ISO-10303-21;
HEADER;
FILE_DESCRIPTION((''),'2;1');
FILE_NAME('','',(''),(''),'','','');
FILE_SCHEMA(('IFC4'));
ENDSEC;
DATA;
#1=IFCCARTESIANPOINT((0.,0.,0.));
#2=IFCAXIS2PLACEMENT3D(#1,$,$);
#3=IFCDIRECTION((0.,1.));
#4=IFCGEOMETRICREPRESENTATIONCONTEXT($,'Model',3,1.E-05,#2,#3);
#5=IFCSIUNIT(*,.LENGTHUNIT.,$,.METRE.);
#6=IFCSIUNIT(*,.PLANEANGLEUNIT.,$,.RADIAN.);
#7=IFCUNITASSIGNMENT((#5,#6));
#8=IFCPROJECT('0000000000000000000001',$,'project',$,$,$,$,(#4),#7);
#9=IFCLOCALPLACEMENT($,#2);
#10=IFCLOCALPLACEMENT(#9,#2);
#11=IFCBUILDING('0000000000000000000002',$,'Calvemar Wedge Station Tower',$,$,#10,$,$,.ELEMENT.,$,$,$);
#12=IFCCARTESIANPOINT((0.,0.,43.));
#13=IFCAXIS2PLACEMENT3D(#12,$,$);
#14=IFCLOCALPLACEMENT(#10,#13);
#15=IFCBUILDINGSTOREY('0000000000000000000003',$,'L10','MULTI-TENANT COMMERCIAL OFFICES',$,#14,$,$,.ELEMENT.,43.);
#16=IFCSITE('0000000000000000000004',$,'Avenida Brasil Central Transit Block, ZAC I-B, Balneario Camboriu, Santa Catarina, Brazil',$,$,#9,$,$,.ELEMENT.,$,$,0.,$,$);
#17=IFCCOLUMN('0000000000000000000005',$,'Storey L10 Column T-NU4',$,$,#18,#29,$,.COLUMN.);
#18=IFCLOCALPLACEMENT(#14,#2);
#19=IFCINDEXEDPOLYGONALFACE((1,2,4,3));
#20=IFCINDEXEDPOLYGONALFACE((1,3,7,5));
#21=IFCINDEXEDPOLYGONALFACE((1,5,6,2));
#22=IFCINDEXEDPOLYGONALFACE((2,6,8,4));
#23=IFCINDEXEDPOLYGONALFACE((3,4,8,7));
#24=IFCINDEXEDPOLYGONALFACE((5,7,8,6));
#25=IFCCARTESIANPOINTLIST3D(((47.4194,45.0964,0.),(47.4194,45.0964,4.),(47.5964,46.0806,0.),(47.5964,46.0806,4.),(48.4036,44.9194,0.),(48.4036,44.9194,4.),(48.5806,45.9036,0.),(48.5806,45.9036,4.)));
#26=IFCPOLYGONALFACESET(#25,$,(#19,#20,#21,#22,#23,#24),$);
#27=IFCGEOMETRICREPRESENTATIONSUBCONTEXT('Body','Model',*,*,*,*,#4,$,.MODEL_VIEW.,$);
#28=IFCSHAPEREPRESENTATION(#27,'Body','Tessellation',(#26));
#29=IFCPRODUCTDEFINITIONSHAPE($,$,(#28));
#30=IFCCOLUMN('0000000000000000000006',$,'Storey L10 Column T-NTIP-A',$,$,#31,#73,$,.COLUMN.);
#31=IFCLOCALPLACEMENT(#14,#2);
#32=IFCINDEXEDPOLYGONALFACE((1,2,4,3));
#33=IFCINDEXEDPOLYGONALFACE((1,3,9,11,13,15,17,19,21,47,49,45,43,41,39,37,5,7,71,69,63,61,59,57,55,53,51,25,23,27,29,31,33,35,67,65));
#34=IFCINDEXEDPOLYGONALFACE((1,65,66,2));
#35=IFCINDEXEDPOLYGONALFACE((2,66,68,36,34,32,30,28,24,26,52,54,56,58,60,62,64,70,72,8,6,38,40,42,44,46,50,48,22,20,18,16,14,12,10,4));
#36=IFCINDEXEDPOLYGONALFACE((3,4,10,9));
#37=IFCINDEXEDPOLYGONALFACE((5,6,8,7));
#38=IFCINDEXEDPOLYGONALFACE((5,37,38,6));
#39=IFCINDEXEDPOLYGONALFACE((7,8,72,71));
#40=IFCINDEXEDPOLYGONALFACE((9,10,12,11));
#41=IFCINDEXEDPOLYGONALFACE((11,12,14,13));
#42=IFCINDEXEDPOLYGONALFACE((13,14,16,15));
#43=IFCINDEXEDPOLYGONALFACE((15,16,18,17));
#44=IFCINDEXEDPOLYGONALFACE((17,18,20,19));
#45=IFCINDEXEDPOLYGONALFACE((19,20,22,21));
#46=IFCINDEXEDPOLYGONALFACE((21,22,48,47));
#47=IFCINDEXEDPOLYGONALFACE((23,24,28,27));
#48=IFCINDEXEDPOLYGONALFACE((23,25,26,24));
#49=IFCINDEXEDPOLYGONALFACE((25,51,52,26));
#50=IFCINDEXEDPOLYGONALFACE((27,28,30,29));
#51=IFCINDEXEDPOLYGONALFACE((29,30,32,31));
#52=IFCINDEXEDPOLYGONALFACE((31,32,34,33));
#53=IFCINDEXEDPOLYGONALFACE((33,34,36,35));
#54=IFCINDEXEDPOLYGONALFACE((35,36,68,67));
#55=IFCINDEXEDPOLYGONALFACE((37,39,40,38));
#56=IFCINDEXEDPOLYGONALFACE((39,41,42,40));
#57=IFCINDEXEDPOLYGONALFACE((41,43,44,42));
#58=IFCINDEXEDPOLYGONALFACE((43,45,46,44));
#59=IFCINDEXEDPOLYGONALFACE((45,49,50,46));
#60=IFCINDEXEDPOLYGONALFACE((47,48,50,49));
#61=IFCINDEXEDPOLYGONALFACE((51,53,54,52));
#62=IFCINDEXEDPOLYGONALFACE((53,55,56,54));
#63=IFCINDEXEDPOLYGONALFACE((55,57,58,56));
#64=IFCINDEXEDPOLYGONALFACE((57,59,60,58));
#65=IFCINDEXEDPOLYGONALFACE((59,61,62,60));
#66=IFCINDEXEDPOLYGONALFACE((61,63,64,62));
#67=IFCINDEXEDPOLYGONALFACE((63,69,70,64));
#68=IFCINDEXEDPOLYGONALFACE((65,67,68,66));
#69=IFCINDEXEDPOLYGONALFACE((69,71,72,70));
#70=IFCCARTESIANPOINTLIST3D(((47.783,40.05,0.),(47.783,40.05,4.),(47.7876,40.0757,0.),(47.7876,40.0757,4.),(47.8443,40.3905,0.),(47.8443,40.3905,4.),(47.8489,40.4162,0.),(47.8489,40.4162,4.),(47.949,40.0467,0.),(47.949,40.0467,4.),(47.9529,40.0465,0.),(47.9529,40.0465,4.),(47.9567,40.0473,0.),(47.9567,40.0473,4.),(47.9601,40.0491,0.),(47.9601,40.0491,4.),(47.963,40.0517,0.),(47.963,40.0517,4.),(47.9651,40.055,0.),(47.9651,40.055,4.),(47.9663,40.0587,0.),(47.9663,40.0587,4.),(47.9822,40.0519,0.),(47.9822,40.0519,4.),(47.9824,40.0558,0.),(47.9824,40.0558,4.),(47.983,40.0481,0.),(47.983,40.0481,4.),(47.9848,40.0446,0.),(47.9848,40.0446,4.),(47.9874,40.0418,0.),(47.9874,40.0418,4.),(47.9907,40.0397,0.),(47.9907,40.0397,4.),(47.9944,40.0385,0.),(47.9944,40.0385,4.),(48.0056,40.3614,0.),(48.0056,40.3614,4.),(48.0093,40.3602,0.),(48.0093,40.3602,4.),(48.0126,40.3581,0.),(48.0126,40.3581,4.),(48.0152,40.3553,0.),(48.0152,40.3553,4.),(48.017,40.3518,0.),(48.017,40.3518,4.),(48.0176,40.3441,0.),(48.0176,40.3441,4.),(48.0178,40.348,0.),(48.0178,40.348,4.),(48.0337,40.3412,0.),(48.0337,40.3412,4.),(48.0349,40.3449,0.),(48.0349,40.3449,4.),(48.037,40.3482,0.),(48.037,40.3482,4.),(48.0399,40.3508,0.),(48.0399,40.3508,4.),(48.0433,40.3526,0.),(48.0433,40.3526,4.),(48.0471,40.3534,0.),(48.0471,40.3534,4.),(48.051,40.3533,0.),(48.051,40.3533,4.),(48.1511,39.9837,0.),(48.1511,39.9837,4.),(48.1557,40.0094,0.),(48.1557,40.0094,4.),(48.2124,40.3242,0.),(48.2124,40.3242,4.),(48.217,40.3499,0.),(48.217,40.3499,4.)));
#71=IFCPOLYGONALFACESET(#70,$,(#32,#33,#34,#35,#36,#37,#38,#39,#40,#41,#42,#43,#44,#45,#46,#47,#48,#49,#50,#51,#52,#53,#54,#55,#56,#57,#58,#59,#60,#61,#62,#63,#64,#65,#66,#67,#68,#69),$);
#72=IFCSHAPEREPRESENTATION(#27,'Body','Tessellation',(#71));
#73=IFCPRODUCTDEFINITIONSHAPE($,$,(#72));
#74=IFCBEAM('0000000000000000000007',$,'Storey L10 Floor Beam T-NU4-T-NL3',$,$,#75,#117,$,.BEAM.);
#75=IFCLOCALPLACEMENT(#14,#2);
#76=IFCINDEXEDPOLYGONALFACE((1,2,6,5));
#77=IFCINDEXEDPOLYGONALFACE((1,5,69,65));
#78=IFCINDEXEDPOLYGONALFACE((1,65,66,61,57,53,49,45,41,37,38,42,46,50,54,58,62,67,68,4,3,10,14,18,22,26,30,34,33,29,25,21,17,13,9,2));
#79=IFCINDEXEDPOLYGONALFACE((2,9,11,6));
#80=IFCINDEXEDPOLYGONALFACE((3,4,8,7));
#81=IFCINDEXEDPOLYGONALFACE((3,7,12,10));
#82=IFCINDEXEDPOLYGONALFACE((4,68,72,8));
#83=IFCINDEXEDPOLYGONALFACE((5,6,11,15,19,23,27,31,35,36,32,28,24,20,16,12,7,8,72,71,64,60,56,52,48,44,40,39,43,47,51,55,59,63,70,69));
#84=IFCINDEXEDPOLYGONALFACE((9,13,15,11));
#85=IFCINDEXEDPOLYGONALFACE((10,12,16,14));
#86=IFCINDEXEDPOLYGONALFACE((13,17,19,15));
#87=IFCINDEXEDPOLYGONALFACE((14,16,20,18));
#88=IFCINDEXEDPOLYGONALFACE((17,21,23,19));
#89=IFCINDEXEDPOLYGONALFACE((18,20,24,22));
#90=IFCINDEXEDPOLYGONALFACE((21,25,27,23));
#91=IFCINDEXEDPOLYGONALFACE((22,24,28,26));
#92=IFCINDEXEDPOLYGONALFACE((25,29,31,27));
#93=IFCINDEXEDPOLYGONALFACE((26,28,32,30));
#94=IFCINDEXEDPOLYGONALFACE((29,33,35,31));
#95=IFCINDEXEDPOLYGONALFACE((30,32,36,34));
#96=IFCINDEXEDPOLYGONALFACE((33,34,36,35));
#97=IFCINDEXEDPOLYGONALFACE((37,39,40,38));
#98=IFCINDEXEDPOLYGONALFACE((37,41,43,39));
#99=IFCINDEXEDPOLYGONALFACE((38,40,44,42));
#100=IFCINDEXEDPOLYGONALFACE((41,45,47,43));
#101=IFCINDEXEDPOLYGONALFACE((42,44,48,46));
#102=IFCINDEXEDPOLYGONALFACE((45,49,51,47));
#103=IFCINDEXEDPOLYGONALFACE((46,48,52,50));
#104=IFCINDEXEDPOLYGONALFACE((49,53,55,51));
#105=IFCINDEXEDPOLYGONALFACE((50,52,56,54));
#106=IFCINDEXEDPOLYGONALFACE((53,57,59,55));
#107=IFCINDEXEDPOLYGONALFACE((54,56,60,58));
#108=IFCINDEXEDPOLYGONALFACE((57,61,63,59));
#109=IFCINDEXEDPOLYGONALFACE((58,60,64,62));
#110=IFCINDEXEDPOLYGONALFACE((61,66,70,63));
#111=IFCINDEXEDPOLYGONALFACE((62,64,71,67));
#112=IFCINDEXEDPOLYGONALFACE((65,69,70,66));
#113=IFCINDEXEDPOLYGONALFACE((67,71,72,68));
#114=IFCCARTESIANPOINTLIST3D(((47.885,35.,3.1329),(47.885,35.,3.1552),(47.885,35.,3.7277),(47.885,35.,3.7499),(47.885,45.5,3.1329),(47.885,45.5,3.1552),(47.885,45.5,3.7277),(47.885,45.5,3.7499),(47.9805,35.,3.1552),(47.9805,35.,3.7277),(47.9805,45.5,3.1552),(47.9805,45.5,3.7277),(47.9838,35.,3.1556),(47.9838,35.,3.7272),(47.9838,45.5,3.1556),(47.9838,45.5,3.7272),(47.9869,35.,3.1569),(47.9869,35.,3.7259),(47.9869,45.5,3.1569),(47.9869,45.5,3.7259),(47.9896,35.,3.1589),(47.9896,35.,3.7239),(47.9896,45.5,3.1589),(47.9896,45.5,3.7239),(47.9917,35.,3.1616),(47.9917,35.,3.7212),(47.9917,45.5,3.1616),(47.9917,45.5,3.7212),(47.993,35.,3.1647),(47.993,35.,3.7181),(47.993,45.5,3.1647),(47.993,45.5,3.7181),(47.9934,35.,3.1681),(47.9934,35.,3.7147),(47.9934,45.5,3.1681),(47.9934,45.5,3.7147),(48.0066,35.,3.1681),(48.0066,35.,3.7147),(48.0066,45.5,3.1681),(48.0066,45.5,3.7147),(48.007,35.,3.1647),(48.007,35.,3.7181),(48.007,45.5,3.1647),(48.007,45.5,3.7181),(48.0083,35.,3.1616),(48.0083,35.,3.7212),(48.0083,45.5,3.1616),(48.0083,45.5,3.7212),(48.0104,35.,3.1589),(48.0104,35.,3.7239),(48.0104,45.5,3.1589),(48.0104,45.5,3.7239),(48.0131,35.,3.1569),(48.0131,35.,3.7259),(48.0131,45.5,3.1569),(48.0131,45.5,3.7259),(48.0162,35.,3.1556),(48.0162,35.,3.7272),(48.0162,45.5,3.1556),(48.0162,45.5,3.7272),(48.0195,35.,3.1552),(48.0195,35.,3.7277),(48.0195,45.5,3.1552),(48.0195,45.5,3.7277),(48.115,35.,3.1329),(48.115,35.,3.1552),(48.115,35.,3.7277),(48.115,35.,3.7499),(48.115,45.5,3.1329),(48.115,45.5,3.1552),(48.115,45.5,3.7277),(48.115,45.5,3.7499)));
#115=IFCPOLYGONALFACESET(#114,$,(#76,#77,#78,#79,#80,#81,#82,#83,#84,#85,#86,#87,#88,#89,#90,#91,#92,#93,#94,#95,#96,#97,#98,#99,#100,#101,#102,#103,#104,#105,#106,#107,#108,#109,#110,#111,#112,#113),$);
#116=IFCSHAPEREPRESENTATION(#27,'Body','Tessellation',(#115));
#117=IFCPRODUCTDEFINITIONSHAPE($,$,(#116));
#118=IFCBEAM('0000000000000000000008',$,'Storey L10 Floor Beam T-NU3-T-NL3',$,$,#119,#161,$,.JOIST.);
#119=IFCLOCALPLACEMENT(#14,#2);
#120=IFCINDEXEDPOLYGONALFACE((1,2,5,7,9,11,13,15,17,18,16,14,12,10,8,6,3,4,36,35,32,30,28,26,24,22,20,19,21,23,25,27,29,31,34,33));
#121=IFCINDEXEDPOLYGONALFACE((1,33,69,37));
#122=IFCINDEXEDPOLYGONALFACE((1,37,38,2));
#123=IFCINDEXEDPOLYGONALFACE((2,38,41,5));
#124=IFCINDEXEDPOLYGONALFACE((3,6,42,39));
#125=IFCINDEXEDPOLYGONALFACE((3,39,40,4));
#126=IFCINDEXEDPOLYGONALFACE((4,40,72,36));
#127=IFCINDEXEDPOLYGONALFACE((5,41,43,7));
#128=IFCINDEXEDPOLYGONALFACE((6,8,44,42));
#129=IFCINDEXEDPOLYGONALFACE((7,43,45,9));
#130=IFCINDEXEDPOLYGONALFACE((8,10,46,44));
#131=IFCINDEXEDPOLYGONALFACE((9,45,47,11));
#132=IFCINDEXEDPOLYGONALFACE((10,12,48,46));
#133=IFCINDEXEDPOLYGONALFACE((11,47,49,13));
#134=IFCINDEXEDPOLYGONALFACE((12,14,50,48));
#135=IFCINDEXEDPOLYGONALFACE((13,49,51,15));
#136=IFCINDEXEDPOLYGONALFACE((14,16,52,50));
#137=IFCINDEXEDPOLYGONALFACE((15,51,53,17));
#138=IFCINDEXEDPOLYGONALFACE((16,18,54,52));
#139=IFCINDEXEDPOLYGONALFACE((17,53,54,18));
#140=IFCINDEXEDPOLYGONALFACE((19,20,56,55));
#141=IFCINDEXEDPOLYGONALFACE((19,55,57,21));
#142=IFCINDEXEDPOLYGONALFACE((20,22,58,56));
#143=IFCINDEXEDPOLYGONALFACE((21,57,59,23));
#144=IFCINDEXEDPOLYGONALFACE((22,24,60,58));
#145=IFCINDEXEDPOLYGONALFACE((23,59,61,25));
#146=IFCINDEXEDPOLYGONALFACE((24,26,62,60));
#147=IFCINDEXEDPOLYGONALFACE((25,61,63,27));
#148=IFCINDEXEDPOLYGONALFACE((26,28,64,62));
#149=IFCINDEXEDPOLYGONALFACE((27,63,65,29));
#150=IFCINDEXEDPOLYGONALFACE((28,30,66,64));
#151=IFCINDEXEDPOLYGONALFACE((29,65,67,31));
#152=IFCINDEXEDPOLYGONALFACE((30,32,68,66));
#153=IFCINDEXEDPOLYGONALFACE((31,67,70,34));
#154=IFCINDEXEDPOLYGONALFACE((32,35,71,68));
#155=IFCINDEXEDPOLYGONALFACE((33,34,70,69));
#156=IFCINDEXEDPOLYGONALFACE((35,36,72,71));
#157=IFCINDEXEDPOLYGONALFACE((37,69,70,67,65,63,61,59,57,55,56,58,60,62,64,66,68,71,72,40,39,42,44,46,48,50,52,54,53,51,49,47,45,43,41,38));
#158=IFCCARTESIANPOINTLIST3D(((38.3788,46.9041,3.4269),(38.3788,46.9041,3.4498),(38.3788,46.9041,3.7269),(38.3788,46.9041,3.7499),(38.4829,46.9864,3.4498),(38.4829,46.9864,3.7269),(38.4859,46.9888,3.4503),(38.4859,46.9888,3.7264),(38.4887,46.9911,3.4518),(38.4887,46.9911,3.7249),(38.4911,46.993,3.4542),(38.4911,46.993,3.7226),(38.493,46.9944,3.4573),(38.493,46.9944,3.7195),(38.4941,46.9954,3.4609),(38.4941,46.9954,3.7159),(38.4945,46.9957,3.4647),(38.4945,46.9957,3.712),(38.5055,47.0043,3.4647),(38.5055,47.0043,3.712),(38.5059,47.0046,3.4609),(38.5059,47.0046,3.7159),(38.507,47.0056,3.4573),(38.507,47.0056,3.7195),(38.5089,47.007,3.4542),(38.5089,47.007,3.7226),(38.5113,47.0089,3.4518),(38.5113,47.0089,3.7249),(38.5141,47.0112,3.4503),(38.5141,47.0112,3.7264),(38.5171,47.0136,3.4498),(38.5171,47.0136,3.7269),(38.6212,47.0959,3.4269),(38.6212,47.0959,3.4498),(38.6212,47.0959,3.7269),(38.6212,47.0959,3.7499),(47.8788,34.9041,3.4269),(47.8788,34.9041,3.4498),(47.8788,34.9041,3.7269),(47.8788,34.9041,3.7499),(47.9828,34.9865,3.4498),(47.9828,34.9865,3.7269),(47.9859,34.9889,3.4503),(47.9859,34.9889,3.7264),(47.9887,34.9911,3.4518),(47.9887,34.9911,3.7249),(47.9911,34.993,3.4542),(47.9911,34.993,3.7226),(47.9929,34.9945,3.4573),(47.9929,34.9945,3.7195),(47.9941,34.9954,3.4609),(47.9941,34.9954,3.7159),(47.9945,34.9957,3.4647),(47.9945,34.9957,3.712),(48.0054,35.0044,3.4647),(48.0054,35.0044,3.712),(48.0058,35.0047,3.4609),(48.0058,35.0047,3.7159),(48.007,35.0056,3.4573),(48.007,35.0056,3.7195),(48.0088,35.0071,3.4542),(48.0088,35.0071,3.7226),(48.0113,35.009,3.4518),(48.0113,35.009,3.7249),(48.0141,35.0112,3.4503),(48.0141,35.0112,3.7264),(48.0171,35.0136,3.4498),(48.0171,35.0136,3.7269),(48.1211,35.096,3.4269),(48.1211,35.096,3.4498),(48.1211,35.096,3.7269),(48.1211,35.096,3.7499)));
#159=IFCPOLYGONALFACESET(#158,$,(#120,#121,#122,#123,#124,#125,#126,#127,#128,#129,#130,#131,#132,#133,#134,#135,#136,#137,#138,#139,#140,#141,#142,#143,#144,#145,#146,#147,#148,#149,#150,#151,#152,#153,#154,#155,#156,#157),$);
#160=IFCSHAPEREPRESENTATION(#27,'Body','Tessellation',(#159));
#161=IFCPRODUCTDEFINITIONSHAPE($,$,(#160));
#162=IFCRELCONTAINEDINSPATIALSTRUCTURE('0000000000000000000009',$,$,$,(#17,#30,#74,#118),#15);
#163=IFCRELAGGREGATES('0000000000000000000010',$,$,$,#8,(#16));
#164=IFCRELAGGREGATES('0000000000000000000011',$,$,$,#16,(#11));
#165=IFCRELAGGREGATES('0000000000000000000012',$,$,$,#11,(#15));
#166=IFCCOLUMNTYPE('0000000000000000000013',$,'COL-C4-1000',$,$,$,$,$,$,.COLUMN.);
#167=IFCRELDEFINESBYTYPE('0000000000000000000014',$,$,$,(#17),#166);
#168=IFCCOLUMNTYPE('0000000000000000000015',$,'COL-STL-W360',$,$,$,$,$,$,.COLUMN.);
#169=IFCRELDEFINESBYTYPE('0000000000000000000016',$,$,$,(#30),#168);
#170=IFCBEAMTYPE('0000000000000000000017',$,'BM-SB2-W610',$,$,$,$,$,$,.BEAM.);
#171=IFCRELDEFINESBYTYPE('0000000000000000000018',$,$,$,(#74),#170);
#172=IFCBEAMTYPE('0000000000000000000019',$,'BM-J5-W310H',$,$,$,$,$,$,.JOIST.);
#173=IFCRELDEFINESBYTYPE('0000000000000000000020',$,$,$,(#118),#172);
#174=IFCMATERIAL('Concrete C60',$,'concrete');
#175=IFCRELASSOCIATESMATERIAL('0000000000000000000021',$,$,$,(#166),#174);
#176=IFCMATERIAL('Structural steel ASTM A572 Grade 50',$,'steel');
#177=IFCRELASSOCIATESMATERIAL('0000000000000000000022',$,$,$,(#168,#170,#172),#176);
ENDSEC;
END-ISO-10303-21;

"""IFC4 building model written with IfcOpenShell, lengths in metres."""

from ifc_helpers import new_model, si_unit, direction, frame, origin, origin_2d, place, context, subcontext, project, spatial, rectangle, i_section, extrude, source, transform, mapped, material, material_profile, profile_set, type_object, element, save


model = new_model("IFC4")

# Units and contexts
model_context = context("Model", 3, precision=1e-05, world=origin(), true_north=direction((0.0, 1.0)))
body_context = subcontext(model_context, "Body", "Model", "MODEL_VIEW")
ifc_project = project(units=[si_unit("LENGTHUNIT", "METRE"), si_unit("PLANEANGLEUNIT", "RADIAN")], contexts=[model_context])

# Site, building, storey
site_placement = place(None, origin())
site = spatial("IfcSite", under=ifc_project, at=site_placement, Name="Avenida Brasil Central Transit Block, ZAC I-B, Balneario Camboriu, Santa Catarina, Brazil", CompositionType="ELEMENT", RefElevation=0.0)
building_placement = place(site_placement, origin())
building = spatial("IfcBuilding", under=site, at=building_placement, Name="Calvemar Wedge Station Tower", CompositionType="ELEMENT")
storey_placement = place(building_placement, frame((0.0, 0.0, 43.0)))
storey = spatial("IfcBuildingStorey", under=building, at=storey_placement, Name="L10", Description="MULTI-TENANT COMMERCIAL OFFICES", CompositionType="ELEMENT", Elevation=43.0)

# Columns
ifc_material_1 = material(Name="Concrete C60", Category="concrete")
ifc_material_profile_1 = material_profile(ifc_material_1, rectangle(XDim=1.0, YDim=1.0, at=origin_2d()), Name="RC1000x1000")
ifc_profile_set_1 = profile_set([ifc_material_profile_1], Name="Concrete C60")
column_type_1 = type_object("IfcColumnType", Name="COL-C4-1000", PredefinedType="COLUMN", material=ifc_profile_set_1)
shared_shape_1 = source(origin(), body_context, "Body", "SweptSolid", [
    extrude(rectangle(XDim=1.0, YDim=1.0, at=origin_2d()), origin(), (0.0, 0.0, 1.0), 4.0),
])
column_1_placement = place(storey_placement, frame((48.0, 45.5, 0.0), z_axis=(0.0, 0.0, 1.0), x_axis=(0.984196, -0.177085, 0.0)))
element("IfcColumn", 1, at=column_1_placement, inside=storey, type_object=column_type_1, Name="Storey L10 Column T-NU4", PredefinedType="COLUMN", context=body_context, shape_type="MappedRepresentation", body=[
    mapped(shared_shape_1, transform((0.0, 0.0, 0.0), scale=1.0)),
])
ifc_material_2 = material(Name="Structural steel ASTM A572 Grade 50", Category="steel")
ifc_material_profile_2 = material_profile(ifc_material_2, i_section(OverallWidth=0.374, OverallDepth=0.3721, WebThickness=0.0164, FlangeThickness=0.0261, FilletRadius=0.0149, at=origin_2d()), Name="W360x196")
ifc_profile_set_2 = profile_set([ifc_material_profile_2], Name="Structural steel ASTM A572 Grade 50")
column_type_2 = type_object("IfcColumnType", Name="COL-STL-W360", PredefinedType="COLUMN", material=ifc_profile_set_2)
shared_shape_2 = source(origin(), body_context, "Body", "SweptSolid", [
    extrude(i_section(OverallWidth=0.374, OverallDepth=0.3721, WebThickness=0.0164, FlangeThickness=0.0261, FilletRadius=0.0149, at=origin_2d()), origin(), (0.0, 0.0, 1.0), 4.0),
])
column_2_placement = place(storey_placement, frame((48.0, 40.2, 0.0), z_axis=(0.0, 0.0, 1.0), x_axis=(0.984196, -0.177085, 0.0)))
element("IfcColumn", 2, at=column_2_placement, inside=storey, type_object=column_type_2, Name="Storey L10 Column T-NTIP-A", PredefinedType="COLUMN", context=body_context, shape_type="MappedRepresentation", body=[
    mapped(shared_shape_2, transform((0.0, 0.0, 0.0), scale=1.0)),
])

# Beams
ifc_material_profile_3 = material_profile(ifc_material_2, i_section(OverallWidth=0.23, OverallDepth=0.6169, WebThickness=0.0132, FlangeThickness=0.0222, FilletRadius=0.0129, at=origin_2d()), Name="W610x140")
ifc_profile_set_3 = profile_set([ifc_material_profile_3], Name="Structural steel ASTM A572 Grade 50")
beam_type_1 = type_object("IfcBeamType", Name="BM-SB2-W610", PredefinedType="BEAM", material=ifc_profile_set_3)
shared_shape_3 = source(origin(), body_context, "Body", "SweptSolid", [
    extrude(i_section(OverallWidth=0.23, OverallDepth=0.6169, WebThickness=0.0132, FlangeThickness=0.0222, FilletRadius=0.0129, at=origin_2d()), origin(), (0.0, 0.0, 1.0), 10.5),
])
beam_1_placement = place(storey_placement, frame((48.0, 45.5, 3.4414), z_axis=(0.0, -1.0, 0.0), x_axis=(1.0, 0.0, 0.0)))
element("IfcBeam", 3, at=beam_1_placement, inside=storey, type_object=beam_type_1, Name="Storey L10 Floor Beam T-NU4-T-NL3", PredefinedType="BEAM", context=body_context, shape_type="MappedRepresentation", body=[
    mapped(shared_shape_3, transform((0.0, 0.0, 0.0), scale=1.0)),
])
ifc_material_profile_4 = material_profile(ifc_material_2, i_section(OverallWidth=0.3091, OverallDepth=0.323, WebThickness=0.0139, FlangeThickness=0.0229, FilletRadius=0.0149, at=origin_2d()), Name="W310x143")
ifc_profile_set_4 = profile_set([ifc_material_profile_4], Name="Structural steel ASTM A572 Grade 50")
beam_type_2 = type_object("IfcBeamType", Name="BM-J5-W310H", PredefinedType="JOIST", material=ifc_profile_set_4)
shared_shape_4 = source(origin(), body_context, "Body", "SweptSolid", [
    extrude(i_section(OverallWidth=0.3091, OverallDepth=0.323, WebThickness=0.0139, FlangeThickness=0.0229, FilletRadius=0.0149, at=origin_2d()), origin(), (0.0, 0.0, 1.0), 15.3052),
])
beam_2_placement = place(storey_placement, frame((38.5, 47.0, 3.5884), z_axis=(0.620703, -0.784046, 0.0), x_axis=(0.784046, 0.620703, 0.0)))
element("IfcBeam", 4, at=beam_2_placement, inside=storey, type_object=beam_type_2, Name="Storey L10 Floor Beam T-NU3-T-NL3", PredefinedType="JOIST", context=body_context, shape_type="MappedRepresentation", body=[
    mapped(shared_shape_4, transform((0.0, 0.0, 0.0), scale=1.0)),
])

save(model, "model.ifc")
